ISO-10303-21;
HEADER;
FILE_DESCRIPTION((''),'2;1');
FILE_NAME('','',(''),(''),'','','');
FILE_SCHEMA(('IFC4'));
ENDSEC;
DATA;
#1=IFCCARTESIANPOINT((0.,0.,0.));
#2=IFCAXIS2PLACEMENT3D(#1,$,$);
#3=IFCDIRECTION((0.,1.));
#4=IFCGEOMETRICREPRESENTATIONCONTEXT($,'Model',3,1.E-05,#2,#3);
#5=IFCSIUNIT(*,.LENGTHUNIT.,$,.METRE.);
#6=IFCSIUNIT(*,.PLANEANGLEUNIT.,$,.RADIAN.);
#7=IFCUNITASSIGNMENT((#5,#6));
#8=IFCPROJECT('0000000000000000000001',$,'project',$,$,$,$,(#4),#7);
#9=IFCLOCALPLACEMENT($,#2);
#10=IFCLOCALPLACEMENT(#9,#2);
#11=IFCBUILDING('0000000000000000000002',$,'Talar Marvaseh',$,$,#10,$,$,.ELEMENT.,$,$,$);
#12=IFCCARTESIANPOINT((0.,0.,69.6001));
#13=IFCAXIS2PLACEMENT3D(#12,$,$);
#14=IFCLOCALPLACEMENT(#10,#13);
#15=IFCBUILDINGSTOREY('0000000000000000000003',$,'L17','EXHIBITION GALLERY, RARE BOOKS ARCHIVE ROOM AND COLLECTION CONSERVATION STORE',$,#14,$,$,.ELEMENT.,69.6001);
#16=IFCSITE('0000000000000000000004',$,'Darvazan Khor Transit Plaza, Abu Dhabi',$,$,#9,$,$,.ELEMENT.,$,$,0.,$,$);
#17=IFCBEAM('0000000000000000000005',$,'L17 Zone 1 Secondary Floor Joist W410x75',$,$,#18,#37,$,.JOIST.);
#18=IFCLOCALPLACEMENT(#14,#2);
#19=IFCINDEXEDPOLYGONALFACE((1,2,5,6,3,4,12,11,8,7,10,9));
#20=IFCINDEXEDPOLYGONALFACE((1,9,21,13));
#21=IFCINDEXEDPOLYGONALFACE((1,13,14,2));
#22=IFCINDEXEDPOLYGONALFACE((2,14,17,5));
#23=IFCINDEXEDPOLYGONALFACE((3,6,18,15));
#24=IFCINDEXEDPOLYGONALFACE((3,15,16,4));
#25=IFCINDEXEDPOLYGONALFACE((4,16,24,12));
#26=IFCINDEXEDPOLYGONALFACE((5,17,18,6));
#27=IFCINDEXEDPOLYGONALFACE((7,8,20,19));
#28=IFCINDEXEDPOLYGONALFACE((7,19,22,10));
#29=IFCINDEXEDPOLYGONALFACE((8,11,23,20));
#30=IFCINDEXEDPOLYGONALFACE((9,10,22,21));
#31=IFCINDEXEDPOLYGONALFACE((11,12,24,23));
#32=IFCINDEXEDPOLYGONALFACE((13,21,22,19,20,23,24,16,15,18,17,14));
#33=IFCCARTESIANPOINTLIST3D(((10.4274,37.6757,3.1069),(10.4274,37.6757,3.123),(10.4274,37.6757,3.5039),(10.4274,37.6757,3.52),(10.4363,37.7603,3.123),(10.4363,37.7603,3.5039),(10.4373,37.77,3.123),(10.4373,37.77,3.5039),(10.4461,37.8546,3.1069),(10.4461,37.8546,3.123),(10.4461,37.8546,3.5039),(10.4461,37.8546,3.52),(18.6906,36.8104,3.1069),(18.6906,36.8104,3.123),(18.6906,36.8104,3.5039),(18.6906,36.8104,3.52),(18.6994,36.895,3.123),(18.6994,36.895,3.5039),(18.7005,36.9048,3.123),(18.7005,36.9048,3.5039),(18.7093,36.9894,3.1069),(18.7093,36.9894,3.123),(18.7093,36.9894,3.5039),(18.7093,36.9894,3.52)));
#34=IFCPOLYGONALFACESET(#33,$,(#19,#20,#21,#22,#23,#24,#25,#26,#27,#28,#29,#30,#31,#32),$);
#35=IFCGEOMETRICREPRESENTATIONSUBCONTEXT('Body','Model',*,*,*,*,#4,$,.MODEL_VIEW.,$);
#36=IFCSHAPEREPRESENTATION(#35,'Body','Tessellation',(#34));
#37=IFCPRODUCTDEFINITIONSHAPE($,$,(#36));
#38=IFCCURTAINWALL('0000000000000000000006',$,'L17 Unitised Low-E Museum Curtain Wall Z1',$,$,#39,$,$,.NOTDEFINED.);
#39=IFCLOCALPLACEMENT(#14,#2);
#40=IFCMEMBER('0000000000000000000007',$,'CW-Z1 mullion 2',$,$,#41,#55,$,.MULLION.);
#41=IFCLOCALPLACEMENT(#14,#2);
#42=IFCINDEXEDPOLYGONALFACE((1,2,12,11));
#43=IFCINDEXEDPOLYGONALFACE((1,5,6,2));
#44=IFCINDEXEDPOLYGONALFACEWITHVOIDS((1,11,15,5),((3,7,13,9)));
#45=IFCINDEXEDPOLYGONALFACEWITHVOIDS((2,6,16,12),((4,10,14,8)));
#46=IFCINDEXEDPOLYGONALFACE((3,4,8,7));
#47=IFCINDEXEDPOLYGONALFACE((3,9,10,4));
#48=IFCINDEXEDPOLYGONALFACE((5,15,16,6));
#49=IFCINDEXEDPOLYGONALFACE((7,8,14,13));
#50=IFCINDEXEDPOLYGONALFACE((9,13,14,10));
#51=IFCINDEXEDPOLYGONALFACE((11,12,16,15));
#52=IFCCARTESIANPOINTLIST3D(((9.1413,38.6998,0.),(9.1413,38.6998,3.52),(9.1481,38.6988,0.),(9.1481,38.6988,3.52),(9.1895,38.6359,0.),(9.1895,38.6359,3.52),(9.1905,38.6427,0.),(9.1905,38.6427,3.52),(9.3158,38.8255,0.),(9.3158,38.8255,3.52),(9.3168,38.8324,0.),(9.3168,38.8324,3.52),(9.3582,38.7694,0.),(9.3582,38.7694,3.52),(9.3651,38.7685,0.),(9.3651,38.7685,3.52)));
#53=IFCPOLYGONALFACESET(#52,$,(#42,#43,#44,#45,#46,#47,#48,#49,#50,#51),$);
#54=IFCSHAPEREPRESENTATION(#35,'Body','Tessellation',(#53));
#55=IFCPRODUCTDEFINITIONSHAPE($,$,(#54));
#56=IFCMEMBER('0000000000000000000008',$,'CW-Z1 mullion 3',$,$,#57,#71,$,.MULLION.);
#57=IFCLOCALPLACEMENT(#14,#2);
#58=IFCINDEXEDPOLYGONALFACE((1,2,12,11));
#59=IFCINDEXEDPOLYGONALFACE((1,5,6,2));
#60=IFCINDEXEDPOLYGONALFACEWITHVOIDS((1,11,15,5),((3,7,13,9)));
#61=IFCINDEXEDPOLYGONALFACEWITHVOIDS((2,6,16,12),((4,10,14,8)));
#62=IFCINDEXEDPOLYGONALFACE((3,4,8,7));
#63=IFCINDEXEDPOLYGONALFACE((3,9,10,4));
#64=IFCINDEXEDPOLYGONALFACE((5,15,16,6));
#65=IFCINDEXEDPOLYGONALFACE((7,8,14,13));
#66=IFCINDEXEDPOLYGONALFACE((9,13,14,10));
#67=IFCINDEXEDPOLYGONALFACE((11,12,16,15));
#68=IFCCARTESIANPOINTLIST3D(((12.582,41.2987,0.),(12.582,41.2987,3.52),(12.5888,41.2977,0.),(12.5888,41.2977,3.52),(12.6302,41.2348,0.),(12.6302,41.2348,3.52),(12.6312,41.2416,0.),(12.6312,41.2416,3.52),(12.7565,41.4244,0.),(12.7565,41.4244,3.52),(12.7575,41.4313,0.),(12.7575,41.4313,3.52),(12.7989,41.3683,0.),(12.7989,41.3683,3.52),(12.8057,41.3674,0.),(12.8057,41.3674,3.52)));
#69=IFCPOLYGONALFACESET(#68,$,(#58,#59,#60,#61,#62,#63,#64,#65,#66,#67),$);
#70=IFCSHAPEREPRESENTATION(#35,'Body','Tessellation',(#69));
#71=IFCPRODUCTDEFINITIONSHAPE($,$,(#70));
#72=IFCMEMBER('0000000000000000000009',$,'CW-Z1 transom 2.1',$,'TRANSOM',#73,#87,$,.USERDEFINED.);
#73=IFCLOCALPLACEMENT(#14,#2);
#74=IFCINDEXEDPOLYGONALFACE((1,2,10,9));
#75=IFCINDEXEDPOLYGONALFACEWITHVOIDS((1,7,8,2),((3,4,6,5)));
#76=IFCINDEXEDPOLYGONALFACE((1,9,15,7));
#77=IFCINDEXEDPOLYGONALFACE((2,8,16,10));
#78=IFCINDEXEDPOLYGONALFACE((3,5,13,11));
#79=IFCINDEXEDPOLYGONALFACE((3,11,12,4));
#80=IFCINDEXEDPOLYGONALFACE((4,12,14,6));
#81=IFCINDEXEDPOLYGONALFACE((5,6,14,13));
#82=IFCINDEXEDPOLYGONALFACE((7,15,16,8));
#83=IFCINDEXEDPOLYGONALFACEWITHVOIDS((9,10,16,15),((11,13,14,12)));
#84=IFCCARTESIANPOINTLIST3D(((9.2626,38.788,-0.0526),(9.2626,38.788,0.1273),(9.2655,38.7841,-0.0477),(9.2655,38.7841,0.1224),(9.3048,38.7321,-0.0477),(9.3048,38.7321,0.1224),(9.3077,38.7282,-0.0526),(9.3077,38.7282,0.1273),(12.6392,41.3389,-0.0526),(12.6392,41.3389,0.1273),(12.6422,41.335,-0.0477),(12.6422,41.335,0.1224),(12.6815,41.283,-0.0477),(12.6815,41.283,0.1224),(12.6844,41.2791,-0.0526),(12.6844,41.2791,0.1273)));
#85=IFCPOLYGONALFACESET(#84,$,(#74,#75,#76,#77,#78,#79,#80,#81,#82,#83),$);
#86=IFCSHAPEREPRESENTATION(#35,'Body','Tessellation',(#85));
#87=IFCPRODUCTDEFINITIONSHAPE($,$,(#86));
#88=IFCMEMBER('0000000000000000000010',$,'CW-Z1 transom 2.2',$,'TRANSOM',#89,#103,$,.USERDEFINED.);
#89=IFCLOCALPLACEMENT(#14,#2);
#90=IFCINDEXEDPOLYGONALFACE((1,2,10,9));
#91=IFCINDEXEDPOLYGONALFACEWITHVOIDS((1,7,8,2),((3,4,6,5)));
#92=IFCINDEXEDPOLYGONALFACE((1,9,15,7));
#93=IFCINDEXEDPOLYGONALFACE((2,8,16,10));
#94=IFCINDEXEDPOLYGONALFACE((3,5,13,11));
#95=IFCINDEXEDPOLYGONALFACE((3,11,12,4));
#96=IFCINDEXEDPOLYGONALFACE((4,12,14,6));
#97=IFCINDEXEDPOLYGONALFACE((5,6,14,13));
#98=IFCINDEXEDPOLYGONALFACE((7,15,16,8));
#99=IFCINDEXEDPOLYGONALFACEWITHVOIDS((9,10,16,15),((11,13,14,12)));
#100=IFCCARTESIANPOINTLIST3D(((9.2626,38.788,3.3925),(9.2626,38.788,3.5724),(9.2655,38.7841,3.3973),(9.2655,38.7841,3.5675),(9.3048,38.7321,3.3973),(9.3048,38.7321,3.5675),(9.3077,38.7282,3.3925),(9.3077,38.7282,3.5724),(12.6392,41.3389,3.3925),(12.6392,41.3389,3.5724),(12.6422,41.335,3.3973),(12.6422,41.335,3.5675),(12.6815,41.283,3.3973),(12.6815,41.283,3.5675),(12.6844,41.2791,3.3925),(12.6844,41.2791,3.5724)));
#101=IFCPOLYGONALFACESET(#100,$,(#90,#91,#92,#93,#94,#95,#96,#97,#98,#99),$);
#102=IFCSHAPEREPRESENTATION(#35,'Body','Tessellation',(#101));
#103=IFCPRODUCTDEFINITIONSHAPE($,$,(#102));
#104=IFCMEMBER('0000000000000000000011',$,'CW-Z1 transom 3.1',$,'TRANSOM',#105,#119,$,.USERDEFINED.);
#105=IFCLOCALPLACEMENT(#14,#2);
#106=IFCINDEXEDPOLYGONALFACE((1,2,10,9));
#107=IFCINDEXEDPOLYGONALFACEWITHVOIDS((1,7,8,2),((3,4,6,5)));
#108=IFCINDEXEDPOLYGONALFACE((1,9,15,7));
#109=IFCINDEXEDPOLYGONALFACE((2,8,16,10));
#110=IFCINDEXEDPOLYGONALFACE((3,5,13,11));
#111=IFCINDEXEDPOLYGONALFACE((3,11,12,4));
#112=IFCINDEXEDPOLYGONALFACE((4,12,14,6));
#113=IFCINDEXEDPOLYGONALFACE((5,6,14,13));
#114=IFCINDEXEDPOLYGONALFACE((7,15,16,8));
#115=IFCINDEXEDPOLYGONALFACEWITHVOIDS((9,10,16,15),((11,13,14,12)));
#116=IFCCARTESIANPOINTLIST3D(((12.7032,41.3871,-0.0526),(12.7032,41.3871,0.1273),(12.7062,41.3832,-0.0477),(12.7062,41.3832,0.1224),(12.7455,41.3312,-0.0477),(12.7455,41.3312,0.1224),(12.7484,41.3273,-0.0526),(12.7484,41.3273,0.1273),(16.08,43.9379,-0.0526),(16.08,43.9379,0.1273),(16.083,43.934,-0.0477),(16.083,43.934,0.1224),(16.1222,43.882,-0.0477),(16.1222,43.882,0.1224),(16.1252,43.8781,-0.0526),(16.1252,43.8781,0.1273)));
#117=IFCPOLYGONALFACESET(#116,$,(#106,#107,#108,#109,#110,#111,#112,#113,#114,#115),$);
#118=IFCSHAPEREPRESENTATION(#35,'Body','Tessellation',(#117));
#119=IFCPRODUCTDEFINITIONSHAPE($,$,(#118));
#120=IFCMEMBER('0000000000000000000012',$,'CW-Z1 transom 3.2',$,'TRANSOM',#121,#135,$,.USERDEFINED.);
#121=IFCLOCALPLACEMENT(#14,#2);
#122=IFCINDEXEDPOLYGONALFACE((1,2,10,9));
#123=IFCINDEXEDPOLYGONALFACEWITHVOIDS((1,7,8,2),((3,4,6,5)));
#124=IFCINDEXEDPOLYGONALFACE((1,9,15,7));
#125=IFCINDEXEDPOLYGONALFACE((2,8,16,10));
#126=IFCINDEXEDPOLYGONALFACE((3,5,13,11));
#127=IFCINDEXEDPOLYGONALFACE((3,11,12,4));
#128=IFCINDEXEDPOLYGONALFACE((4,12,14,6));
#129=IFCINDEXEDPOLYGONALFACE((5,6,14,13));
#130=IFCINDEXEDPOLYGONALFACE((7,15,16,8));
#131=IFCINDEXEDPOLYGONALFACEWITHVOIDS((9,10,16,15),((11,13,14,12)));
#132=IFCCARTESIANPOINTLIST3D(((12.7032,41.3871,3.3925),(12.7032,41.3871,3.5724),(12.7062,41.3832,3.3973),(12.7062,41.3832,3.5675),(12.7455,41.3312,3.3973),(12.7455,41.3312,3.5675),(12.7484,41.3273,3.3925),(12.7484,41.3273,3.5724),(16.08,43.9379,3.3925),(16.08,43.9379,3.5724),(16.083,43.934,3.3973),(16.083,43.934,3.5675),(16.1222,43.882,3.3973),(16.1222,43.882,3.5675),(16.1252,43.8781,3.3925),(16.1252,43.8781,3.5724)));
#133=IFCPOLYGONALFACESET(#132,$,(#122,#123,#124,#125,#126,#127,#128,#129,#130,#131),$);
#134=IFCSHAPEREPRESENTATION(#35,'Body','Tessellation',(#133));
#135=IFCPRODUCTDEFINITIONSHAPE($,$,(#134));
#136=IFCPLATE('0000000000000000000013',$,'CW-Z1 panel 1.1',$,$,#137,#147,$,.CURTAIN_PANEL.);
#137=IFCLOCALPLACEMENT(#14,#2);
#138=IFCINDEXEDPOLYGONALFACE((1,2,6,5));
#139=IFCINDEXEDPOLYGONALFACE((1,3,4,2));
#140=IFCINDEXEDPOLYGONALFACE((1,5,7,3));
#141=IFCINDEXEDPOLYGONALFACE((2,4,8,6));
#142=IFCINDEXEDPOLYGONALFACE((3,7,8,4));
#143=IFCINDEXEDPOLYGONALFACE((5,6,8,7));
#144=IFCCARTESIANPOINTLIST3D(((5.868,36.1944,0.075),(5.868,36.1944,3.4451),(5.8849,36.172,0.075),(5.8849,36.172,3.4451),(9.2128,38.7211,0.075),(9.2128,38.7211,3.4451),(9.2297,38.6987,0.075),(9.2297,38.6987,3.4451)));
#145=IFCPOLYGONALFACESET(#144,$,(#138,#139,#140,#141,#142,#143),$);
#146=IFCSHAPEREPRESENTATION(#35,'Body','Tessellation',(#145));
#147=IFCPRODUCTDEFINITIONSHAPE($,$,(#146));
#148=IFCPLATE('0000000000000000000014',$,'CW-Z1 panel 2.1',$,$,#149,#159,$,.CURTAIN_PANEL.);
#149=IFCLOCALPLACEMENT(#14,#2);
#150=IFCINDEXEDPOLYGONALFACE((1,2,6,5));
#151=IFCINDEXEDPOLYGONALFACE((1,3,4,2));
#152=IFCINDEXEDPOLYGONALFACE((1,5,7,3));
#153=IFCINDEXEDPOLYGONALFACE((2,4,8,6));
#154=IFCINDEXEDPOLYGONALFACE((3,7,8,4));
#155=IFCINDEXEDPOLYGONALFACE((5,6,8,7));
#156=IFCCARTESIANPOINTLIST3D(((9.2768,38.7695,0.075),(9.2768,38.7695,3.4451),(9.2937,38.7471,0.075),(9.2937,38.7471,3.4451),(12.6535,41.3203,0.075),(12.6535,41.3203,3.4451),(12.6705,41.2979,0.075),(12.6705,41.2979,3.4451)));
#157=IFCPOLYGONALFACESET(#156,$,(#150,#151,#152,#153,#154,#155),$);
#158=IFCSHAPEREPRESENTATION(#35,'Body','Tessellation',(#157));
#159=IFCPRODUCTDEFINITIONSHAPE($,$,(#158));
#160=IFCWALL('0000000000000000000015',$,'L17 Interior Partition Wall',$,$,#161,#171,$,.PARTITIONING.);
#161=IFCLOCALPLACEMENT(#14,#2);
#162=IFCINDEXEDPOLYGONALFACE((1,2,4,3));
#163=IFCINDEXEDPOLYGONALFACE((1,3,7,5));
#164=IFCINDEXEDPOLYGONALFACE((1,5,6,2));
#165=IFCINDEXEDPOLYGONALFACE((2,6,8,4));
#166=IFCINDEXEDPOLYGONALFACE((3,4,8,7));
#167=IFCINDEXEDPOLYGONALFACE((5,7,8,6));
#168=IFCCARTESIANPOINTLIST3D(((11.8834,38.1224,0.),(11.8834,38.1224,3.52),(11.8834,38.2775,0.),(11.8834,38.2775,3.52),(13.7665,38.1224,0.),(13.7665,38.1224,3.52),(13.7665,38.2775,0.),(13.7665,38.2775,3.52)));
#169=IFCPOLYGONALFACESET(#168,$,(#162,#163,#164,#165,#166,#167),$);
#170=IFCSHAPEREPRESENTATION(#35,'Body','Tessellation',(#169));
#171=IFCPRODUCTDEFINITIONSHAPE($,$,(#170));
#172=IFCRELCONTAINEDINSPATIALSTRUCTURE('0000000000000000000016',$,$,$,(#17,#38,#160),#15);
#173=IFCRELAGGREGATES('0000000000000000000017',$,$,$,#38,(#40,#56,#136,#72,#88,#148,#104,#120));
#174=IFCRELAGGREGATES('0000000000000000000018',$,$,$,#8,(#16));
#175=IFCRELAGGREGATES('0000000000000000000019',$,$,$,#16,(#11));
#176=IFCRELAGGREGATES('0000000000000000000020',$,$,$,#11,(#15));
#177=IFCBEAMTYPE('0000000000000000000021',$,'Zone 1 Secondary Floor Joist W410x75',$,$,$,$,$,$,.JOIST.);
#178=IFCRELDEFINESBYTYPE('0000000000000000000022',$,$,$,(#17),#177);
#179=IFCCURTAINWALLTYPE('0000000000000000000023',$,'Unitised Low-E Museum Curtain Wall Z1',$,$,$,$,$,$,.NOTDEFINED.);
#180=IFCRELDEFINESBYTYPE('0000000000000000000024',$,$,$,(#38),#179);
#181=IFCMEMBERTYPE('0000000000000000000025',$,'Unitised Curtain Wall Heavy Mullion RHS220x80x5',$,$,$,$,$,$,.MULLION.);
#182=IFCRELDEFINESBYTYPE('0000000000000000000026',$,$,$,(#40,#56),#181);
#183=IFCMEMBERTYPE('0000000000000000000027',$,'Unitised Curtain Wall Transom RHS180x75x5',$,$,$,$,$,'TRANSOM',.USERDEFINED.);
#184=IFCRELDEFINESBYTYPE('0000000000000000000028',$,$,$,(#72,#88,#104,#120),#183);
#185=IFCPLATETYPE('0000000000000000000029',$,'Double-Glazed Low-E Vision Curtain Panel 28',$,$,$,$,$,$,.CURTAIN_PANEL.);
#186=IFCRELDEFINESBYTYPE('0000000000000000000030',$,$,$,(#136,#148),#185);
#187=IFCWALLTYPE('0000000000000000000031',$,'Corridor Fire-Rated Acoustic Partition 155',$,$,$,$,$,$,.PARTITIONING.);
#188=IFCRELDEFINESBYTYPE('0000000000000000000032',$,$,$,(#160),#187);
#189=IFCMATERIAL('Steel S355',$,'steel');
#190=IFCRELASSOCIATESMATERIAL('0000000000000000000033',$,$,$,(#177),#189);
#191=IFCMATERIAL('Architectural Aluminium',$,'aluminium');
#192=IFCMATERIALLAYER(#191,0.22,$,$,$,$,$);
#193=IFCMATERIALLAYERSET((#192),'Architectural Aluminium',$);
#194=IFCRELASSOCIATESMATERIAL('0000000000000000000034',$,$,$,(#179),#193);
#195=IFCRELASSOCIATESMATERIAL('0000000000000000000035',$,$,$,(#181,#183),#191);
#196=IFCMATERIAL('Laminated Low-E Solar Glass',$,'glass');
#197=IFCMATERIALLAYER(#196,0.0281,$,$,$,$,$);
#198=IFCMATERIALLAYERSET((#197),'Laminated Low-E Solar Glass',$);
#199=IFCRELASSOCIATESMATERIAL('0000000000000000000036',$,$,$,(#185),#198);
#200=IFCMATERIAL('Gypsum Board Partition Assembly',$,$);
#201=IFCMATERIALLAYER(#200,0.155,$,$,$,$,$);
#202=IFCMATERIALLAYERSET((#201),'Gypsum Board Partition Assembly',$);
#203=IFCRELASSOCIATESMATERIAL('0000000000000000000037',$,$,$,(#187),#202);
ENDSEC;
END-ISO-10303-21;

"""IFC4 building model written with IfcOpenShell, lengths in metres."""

from ifc_helpers import new_model, si_unit, direction, frame, frame_2d, origin, origin_2d, place, context, subcontext, project, spatial, rectangle, hollow_rectangle, i_section, extrude, source, transform, mapped, material, layer, layer_set, material_profile, profile_set, type_object, type_shapes, element, aggregate, save


model = new_model("IFC4")

# Units and contexts
model_context = context("Model", 3, precision=1e-05, world=origin(), true_north=direction((0.0, 1.0)))
body_context = subcontext(model_context, "Body", "Model", "MODEL_VIEW")
ifc_project = project(units=[si_unit("LENGTHUNIT", "METRE"), si_unit("PLANEANGLEUNIT", "RADIAN")], contexts=[model_context])

# Site, building, storey
site_placement = place(None, origin())
site = spatial("IfcSite", under=ifc_project, at=site_placement, Name="Darvazan Khor Transit Plaza, Abu Dhabi", CompositionType="ELEMENT", RefElevation=0.0)
building_placement = place(site_placement, origin())
building = spatial("IfcBuilding", under=site, at=building_placement, Name="Talar Marvaseh", CompositionType="ELEMENT")
storey_placement = place(building_placement, frame((0.0, 0.0, 69.6001)))
storey = spatial("IfcBuildingStorey", under=building, at=storey_placement, Name="L17", Description="EXHIBITION GALLERY, RARE BOOKS ARCHIVE ROOM AND COLLECTION CONSERVATION STORE", CompositionType="ELEMENT", Elevation=69.6001)

# Beam
ifc_material_1 = material(Name="Steel S355", Category="steel")
ifc_material_profile_1 = material_profile(ifc_material_1, i_section(OverallWidth=0.1799, OverallDepth=0.4131, WebThickness=0.0098, FlangeThickness=0.0161, at=origin_2d()), Name="W410x75")
ifc_profile_set_1 = profile_set([ifc_material_profile_1], Name="Steel S355")
beam_type = type_object("IfcBeamType", Name="Zone 1 Secondary Floor Joist W410x75", PredefinedType="JOIST", material=ifc_profile_set_1)
beam_placement = place(storey_placement, frame((10.4368, 37.7651, 3.3135), z_axis=(0.994563, -0.10414, 0.0), x_axis=(0.10414, 0.994563, 0.0)))
element("IfcBeam", 1, at=beam_placement, inside=storey, type_object=beam_type, Name="L17 Zone 1 Secondary Floor Joist W410x75", PredefinedType="JOIST", context=body_context, shape_type="SweptSolid", body=[
    extrude(i_section(OverallWidth=0.1799, OverallDepth=0.4131, WebThickness=0.0098, FlangeThickness=0.0161, at=origin_2d()), origin(), (0.0, 0.0, 1.0), 8.3083),
])

# Curtain wall, members, plates
ifc_material_2 = material(Name="Architectural Aluminium", Category="aluminium")
ifc_layer_1 = layer(ifc_material_2, 0.22)
ifc_layer_set_1 = layer_set([ifc_layer_1], Name="Architectural Aluminium")
curtain_wall_type = type_object("IfcCurtainWallType", Name="Unitised Low-E Museum Curtain Wall Z1", PredefinedType="NOTDEFINED", material=ifc_layer_set_1)
curtain_wall_placement = place(storey_placement, origin())
curtain_wall = element("IfcCurtainWall", 2, at=curtain_wall_placement, inside=storey, type_object=curtain_wall_type, Name="L17 Unitised Low-E Museum Curtain Wall Z1", PredefinedType="NOTDEFINED")
ifc_material_profile_2 = material_profile(ifc_material_2, hollow_rectangle(XDim=0.0801, YDim=0.22, WallThickness=0.0049, at=origin_2d()), Name="RHS220x80x5")
ifc_profile_set_2 = profile_set([ifc_material_profile_2], Name="Architectural Aluminium")
member_type_1 = type_object("IfcMemberType", Name="Unitised Curtain Wall Heavy Mullion RHS220x80x5", PredefinedType="MULLION", material=ifc_profile_set_2)
shared_shape_1 = source(origin(), body_context, "Body", "SweptSolid", [
    extrude(hollow_rectangle(XDim=0.0801, YDim=0.22, WallThickness=0.0049, at=origin_2d()), origin(), (0.0, 0.0, 1.0), 3.52),
])
type_shapes(member_type_1, [shared_shape_1])
member_1_placement = place(storey_placement, frame((9.2532, 38.7341, 0.0), z_axis=(0.0, 0.0, 1.0), x_axis=(-0.602763, 0.79792, 0.0)))
member_1 = element("IfcMember", 3, at=member_1_placement, type_object=member_type_1, Name="CW-Z1 mullion 2", PredefinedType="MULLION", context=body_context, shape_type="MappedRepresentation", body=[
    mapped(shared_shape_1, transform((0.0, 0.0, 0.0), x_axis=(1.0, 0.0, 0.0), y_axis=(0.0, 1.0, 0.0), z_axis=(0.0, 0.0, 1.0), scale=1.0)),
])
member_2_placement = place(storey_placement, frame((12.6938, 41.333, 0.0), z_axis=(0.0, 0.0, 1.0), x_axis=(-0.602763, 0.79792, 0.0)))
member_2 = element("IfcMember", 4, at=member_2_placement, type_object=member_type_1, Name="CW-Z1 mullion 3", PredefinedType="MULLION", context=body_context, shape_type="MappedRepresentation", body=[
    mapped(shared_shape_1, transform((0.0, 0.0, 0.0), x_axis=(1.0, 0.0, 0.0), y_axis=(0.0, 1.0, 0.0), z_axis=(0.0, 0.0, 1.0), scale=1.0)),
])
ifc_material_profile_3 = material_profile(ifc_material_2, hollow_rectangle(XDim=0.075, YDim=0.1799, WallThickness=0.0049, at=origin_2d()), Name="RHS180x75x5")
ifc_profile_set_3 = profile_set([ifc_material_profile_3], Name="Architectural Aluminium")
member_type_2 = type_object("IfcMemberType", Name="Unitised Curtain Wall Transom RHS180x75x5", ElementType="TRANSOM", PredefinedType="USERDEFINED", material=ifc_profile_set_3)
shared_shape_2 = source(origin(), body_context, "Body", "SweptSolid", [
    extrude(hollow_rectangle(XDim=0.075, YDim=0.1799, WallThickness=0.0049, at=origin_2d()), origin(), (0.0, 0.0, 1.0), 4.2319),
])
type_shapes(member_type_2, [shared_shape_2])
member_3_placement = place(storey_placement, frame((9.2852, 38.7581, 0.0374), z_axis=(0.797898, 0.602793, 0.0), x_axis=(-0.602793, 0.797898, 0.0)))
member_3 = element("IfcMember", 5, at=member_3_placement, type_object=member_type_2, Name="CW-Z1 transom 2.1", ObjectType="TRANSOM", PredefinedType="USERDEFINED", context=body_context, shape_type="MappedRepresentation", body=[
    mapped(shared_shape_2, transform((0.0, 0.0, 0.0), x_axis=(1.0, 0.0, 0.0), y_axis=(0.0, 1.0, 0.0), z_axis=(0.0, 0.0, 1.0), scale=1.0)),
])
member_4_placement = place(storey_placement, frame((9.2852, 38.7581, 3.4824), z_axis=(0.797898, 0.602793, 0.0), x_axis=(-0.602793, 0.797898, 0.0)))
member_4 = element("IfcMember", 6, at=member_4_placement, type_object=member_type_2, Name="CW-Z1 transom 2.2", ObjectType="TRANSOM", PredefinedType="USERDEFINED", context=body_context, shape_type="MappedRepresentation", body=[
    mapped(shared_shape_2, transform((0.0, 0.0, 0.0), x_axis=(1.0, 0.0, 0.0), y_axis=(0.0, 1.0, 0.0), z_axis=(0.0, 0.0, 1.0), scale=1.0)),
])
member_5_placement = place(storey_placement, frame((12.7258, 41.3572, 0.0374), z_axis=(0.797925, 0.602756, 0.0), x_axis=(-0.602756, 0.797925, 0.0)))
member_5 = element("IfcMember", 7, at=member_5_placement, type_object=member_type_2, Name="CW-Z1 transom 3.1", ObjectType="TRANSOM", PredefinedType="USERDEFINED", context=body_context, shape_type="MappedRepresentation", body=[
    mapped(shared_shape_2, transform((0.0, 0.0, 0.0), x_axis=(1.0, 0.0, 0.0), y_axis=(0.0, 1.0, 0.0), z_axis=(0.0, 0.0, 1.0), scale=1.0)),
])
member_6_placement = place(storey_placement, frame((12.7258, 41.3572, 3.4824), z_axis=(0.797925, 0.602756, 0.0), x_axis=(-0.602756, 0.797925, 0.0)))
member_6 = element("IfcMember", 8, at=member_6_placement, type_object=member_type_2, Name="CW-Z1 transom 3.2", ObjectType="TRANSOM", PredefinedType="USERDEFINED", context=body_context, shape_type="MappedRepresentation", body=[
    mapped(shared_shape_2, transform((0.0, 0.0, 0.0), x_axis=(1.0, 0.0, 0.0), y_axis=(0.0, 1.0, 0.0), z_axis=(0.0, 0.0, 1.0), scale=1.0)),
])
ifc_material_3 = material(Name="Laminated Low-E Solar Glass", Category="glass")
ifc_layer_2 = layer(ifc_material_3, 0.0281)
ifc_layer_set_2 = layer_set([ifc_layer_2], Name="Laminated Low-E Solar Glass")
plate_type = type_object("IfcPlateType", Name="Double-Glazed Low-E Vision Curtain Panel 28", PredefinedType="CURTAIN_PANEL", material=ifc_layer_set_2)
shared_shape_3 = source(origin(), body_context, "Body", "SweptSolid", [
    extrude(rectangle(XDim=4.1919, YDim=0.0281, at=origin_2d()), origin(), (0.0, 0.0, 1.0), 3.3701),
])
plate_1_placement = place(storey_placement, frame((7.5488, 37.4465, 0.075), z_axis=(0.0, 0.0, 1.0), x_axis=(0.79792, 0.602763, 0.0)))
plate_1 = element("IfcPlate", 9, at=plate_1_placement, type_object=plate_type, Name="CW-Z1 panel 1.1", PredefinedType="CURTAIN_PANEL", context=body_context, shape_type="MappedRepresentation", body=[
    mapped(shared_shape_3, transform((0.0, 0.0, 0.0), x_axis=(1.0, 0.0, 0.0), y_axis=(0.0, 1.0, 0.0), z_axis=(0.0, 0.0, 1.0), scale=1.0)),
])
shared_shape_4 = source(origin(), body_context, "Body", "SweptSolid", [
    extrude(rectangle(XDim=4.2319, YDim=0.0281, at=origin_2d()), origin(), (0.0, 0.0, 1.0), 3.3701),
])
type_shapes(plate_type, [shared_shape_3, shared_shape_4])
plate_2_placement = place(storey_placement, frame((10.9736, 40.0337, 0.075), z_axis=(0.0, 0.0, 1.0), x_axis=(0.79792, 0.602763, 0.0)))
plate_2 = element("IfcPlate", 10, at=plate_2_placement, type_object=plate_type, Name="CW-Z1 panel 2.1", PredefinedType="CURTAIN_PANEL", context=body_context, shape_type="MappedRepresentation", body=[
    mapped(shared_shape_4, transform((0.0, 0.0, 0.0), x_axis=(1.0, 0.0, 0.0), y_axis=(0.0, 1.0, 0.0), z_axis=(0.0, 0.0, 1.0), scale=1.0)),
])
aggregate(curtain_wall, [member_1, member_2, plate_1, member_3, member_4, plate_2, member_5, member_6])

# Wall
ifc_material_4 = material(Name="Gypsum Board Partition Assembly")
ifc_layer_3 = layer(ifc_material_4, 0.155)
ifc_layer_set_3 = layer_set([ifc_layer_3], Name="Gypsum Board Partition Assembly")
wall_type = type_object("IfcWallType", Name="Corridor Fire-Rated Acoustic Partition 155", PredefinedType="PARTITIONING", material=ifc_layer_set_3)
wall_placement = place(storey_placement, frame((11.8835, 38.2, 0.0), z_axis=(0.0, 0.0, 1.0), x_axis=(1.0, 0.0, 0.0)))
element("IfcWall", 11, at=wall_placement, inside=storey, type_object=wall_type, Name="L17 Interior Partition Wall", PredefinedType="PARTITIONING", context=body_context, shape_type="SweptSolid", body=[
    extrude(rectangle(XDim=1.8831, YDim=0.155, at=frame_2d((0.9414, 0.0))), origin(), (0.0, 0.0, 1.0), 3.52),
])

save(model, "model.ifc")
